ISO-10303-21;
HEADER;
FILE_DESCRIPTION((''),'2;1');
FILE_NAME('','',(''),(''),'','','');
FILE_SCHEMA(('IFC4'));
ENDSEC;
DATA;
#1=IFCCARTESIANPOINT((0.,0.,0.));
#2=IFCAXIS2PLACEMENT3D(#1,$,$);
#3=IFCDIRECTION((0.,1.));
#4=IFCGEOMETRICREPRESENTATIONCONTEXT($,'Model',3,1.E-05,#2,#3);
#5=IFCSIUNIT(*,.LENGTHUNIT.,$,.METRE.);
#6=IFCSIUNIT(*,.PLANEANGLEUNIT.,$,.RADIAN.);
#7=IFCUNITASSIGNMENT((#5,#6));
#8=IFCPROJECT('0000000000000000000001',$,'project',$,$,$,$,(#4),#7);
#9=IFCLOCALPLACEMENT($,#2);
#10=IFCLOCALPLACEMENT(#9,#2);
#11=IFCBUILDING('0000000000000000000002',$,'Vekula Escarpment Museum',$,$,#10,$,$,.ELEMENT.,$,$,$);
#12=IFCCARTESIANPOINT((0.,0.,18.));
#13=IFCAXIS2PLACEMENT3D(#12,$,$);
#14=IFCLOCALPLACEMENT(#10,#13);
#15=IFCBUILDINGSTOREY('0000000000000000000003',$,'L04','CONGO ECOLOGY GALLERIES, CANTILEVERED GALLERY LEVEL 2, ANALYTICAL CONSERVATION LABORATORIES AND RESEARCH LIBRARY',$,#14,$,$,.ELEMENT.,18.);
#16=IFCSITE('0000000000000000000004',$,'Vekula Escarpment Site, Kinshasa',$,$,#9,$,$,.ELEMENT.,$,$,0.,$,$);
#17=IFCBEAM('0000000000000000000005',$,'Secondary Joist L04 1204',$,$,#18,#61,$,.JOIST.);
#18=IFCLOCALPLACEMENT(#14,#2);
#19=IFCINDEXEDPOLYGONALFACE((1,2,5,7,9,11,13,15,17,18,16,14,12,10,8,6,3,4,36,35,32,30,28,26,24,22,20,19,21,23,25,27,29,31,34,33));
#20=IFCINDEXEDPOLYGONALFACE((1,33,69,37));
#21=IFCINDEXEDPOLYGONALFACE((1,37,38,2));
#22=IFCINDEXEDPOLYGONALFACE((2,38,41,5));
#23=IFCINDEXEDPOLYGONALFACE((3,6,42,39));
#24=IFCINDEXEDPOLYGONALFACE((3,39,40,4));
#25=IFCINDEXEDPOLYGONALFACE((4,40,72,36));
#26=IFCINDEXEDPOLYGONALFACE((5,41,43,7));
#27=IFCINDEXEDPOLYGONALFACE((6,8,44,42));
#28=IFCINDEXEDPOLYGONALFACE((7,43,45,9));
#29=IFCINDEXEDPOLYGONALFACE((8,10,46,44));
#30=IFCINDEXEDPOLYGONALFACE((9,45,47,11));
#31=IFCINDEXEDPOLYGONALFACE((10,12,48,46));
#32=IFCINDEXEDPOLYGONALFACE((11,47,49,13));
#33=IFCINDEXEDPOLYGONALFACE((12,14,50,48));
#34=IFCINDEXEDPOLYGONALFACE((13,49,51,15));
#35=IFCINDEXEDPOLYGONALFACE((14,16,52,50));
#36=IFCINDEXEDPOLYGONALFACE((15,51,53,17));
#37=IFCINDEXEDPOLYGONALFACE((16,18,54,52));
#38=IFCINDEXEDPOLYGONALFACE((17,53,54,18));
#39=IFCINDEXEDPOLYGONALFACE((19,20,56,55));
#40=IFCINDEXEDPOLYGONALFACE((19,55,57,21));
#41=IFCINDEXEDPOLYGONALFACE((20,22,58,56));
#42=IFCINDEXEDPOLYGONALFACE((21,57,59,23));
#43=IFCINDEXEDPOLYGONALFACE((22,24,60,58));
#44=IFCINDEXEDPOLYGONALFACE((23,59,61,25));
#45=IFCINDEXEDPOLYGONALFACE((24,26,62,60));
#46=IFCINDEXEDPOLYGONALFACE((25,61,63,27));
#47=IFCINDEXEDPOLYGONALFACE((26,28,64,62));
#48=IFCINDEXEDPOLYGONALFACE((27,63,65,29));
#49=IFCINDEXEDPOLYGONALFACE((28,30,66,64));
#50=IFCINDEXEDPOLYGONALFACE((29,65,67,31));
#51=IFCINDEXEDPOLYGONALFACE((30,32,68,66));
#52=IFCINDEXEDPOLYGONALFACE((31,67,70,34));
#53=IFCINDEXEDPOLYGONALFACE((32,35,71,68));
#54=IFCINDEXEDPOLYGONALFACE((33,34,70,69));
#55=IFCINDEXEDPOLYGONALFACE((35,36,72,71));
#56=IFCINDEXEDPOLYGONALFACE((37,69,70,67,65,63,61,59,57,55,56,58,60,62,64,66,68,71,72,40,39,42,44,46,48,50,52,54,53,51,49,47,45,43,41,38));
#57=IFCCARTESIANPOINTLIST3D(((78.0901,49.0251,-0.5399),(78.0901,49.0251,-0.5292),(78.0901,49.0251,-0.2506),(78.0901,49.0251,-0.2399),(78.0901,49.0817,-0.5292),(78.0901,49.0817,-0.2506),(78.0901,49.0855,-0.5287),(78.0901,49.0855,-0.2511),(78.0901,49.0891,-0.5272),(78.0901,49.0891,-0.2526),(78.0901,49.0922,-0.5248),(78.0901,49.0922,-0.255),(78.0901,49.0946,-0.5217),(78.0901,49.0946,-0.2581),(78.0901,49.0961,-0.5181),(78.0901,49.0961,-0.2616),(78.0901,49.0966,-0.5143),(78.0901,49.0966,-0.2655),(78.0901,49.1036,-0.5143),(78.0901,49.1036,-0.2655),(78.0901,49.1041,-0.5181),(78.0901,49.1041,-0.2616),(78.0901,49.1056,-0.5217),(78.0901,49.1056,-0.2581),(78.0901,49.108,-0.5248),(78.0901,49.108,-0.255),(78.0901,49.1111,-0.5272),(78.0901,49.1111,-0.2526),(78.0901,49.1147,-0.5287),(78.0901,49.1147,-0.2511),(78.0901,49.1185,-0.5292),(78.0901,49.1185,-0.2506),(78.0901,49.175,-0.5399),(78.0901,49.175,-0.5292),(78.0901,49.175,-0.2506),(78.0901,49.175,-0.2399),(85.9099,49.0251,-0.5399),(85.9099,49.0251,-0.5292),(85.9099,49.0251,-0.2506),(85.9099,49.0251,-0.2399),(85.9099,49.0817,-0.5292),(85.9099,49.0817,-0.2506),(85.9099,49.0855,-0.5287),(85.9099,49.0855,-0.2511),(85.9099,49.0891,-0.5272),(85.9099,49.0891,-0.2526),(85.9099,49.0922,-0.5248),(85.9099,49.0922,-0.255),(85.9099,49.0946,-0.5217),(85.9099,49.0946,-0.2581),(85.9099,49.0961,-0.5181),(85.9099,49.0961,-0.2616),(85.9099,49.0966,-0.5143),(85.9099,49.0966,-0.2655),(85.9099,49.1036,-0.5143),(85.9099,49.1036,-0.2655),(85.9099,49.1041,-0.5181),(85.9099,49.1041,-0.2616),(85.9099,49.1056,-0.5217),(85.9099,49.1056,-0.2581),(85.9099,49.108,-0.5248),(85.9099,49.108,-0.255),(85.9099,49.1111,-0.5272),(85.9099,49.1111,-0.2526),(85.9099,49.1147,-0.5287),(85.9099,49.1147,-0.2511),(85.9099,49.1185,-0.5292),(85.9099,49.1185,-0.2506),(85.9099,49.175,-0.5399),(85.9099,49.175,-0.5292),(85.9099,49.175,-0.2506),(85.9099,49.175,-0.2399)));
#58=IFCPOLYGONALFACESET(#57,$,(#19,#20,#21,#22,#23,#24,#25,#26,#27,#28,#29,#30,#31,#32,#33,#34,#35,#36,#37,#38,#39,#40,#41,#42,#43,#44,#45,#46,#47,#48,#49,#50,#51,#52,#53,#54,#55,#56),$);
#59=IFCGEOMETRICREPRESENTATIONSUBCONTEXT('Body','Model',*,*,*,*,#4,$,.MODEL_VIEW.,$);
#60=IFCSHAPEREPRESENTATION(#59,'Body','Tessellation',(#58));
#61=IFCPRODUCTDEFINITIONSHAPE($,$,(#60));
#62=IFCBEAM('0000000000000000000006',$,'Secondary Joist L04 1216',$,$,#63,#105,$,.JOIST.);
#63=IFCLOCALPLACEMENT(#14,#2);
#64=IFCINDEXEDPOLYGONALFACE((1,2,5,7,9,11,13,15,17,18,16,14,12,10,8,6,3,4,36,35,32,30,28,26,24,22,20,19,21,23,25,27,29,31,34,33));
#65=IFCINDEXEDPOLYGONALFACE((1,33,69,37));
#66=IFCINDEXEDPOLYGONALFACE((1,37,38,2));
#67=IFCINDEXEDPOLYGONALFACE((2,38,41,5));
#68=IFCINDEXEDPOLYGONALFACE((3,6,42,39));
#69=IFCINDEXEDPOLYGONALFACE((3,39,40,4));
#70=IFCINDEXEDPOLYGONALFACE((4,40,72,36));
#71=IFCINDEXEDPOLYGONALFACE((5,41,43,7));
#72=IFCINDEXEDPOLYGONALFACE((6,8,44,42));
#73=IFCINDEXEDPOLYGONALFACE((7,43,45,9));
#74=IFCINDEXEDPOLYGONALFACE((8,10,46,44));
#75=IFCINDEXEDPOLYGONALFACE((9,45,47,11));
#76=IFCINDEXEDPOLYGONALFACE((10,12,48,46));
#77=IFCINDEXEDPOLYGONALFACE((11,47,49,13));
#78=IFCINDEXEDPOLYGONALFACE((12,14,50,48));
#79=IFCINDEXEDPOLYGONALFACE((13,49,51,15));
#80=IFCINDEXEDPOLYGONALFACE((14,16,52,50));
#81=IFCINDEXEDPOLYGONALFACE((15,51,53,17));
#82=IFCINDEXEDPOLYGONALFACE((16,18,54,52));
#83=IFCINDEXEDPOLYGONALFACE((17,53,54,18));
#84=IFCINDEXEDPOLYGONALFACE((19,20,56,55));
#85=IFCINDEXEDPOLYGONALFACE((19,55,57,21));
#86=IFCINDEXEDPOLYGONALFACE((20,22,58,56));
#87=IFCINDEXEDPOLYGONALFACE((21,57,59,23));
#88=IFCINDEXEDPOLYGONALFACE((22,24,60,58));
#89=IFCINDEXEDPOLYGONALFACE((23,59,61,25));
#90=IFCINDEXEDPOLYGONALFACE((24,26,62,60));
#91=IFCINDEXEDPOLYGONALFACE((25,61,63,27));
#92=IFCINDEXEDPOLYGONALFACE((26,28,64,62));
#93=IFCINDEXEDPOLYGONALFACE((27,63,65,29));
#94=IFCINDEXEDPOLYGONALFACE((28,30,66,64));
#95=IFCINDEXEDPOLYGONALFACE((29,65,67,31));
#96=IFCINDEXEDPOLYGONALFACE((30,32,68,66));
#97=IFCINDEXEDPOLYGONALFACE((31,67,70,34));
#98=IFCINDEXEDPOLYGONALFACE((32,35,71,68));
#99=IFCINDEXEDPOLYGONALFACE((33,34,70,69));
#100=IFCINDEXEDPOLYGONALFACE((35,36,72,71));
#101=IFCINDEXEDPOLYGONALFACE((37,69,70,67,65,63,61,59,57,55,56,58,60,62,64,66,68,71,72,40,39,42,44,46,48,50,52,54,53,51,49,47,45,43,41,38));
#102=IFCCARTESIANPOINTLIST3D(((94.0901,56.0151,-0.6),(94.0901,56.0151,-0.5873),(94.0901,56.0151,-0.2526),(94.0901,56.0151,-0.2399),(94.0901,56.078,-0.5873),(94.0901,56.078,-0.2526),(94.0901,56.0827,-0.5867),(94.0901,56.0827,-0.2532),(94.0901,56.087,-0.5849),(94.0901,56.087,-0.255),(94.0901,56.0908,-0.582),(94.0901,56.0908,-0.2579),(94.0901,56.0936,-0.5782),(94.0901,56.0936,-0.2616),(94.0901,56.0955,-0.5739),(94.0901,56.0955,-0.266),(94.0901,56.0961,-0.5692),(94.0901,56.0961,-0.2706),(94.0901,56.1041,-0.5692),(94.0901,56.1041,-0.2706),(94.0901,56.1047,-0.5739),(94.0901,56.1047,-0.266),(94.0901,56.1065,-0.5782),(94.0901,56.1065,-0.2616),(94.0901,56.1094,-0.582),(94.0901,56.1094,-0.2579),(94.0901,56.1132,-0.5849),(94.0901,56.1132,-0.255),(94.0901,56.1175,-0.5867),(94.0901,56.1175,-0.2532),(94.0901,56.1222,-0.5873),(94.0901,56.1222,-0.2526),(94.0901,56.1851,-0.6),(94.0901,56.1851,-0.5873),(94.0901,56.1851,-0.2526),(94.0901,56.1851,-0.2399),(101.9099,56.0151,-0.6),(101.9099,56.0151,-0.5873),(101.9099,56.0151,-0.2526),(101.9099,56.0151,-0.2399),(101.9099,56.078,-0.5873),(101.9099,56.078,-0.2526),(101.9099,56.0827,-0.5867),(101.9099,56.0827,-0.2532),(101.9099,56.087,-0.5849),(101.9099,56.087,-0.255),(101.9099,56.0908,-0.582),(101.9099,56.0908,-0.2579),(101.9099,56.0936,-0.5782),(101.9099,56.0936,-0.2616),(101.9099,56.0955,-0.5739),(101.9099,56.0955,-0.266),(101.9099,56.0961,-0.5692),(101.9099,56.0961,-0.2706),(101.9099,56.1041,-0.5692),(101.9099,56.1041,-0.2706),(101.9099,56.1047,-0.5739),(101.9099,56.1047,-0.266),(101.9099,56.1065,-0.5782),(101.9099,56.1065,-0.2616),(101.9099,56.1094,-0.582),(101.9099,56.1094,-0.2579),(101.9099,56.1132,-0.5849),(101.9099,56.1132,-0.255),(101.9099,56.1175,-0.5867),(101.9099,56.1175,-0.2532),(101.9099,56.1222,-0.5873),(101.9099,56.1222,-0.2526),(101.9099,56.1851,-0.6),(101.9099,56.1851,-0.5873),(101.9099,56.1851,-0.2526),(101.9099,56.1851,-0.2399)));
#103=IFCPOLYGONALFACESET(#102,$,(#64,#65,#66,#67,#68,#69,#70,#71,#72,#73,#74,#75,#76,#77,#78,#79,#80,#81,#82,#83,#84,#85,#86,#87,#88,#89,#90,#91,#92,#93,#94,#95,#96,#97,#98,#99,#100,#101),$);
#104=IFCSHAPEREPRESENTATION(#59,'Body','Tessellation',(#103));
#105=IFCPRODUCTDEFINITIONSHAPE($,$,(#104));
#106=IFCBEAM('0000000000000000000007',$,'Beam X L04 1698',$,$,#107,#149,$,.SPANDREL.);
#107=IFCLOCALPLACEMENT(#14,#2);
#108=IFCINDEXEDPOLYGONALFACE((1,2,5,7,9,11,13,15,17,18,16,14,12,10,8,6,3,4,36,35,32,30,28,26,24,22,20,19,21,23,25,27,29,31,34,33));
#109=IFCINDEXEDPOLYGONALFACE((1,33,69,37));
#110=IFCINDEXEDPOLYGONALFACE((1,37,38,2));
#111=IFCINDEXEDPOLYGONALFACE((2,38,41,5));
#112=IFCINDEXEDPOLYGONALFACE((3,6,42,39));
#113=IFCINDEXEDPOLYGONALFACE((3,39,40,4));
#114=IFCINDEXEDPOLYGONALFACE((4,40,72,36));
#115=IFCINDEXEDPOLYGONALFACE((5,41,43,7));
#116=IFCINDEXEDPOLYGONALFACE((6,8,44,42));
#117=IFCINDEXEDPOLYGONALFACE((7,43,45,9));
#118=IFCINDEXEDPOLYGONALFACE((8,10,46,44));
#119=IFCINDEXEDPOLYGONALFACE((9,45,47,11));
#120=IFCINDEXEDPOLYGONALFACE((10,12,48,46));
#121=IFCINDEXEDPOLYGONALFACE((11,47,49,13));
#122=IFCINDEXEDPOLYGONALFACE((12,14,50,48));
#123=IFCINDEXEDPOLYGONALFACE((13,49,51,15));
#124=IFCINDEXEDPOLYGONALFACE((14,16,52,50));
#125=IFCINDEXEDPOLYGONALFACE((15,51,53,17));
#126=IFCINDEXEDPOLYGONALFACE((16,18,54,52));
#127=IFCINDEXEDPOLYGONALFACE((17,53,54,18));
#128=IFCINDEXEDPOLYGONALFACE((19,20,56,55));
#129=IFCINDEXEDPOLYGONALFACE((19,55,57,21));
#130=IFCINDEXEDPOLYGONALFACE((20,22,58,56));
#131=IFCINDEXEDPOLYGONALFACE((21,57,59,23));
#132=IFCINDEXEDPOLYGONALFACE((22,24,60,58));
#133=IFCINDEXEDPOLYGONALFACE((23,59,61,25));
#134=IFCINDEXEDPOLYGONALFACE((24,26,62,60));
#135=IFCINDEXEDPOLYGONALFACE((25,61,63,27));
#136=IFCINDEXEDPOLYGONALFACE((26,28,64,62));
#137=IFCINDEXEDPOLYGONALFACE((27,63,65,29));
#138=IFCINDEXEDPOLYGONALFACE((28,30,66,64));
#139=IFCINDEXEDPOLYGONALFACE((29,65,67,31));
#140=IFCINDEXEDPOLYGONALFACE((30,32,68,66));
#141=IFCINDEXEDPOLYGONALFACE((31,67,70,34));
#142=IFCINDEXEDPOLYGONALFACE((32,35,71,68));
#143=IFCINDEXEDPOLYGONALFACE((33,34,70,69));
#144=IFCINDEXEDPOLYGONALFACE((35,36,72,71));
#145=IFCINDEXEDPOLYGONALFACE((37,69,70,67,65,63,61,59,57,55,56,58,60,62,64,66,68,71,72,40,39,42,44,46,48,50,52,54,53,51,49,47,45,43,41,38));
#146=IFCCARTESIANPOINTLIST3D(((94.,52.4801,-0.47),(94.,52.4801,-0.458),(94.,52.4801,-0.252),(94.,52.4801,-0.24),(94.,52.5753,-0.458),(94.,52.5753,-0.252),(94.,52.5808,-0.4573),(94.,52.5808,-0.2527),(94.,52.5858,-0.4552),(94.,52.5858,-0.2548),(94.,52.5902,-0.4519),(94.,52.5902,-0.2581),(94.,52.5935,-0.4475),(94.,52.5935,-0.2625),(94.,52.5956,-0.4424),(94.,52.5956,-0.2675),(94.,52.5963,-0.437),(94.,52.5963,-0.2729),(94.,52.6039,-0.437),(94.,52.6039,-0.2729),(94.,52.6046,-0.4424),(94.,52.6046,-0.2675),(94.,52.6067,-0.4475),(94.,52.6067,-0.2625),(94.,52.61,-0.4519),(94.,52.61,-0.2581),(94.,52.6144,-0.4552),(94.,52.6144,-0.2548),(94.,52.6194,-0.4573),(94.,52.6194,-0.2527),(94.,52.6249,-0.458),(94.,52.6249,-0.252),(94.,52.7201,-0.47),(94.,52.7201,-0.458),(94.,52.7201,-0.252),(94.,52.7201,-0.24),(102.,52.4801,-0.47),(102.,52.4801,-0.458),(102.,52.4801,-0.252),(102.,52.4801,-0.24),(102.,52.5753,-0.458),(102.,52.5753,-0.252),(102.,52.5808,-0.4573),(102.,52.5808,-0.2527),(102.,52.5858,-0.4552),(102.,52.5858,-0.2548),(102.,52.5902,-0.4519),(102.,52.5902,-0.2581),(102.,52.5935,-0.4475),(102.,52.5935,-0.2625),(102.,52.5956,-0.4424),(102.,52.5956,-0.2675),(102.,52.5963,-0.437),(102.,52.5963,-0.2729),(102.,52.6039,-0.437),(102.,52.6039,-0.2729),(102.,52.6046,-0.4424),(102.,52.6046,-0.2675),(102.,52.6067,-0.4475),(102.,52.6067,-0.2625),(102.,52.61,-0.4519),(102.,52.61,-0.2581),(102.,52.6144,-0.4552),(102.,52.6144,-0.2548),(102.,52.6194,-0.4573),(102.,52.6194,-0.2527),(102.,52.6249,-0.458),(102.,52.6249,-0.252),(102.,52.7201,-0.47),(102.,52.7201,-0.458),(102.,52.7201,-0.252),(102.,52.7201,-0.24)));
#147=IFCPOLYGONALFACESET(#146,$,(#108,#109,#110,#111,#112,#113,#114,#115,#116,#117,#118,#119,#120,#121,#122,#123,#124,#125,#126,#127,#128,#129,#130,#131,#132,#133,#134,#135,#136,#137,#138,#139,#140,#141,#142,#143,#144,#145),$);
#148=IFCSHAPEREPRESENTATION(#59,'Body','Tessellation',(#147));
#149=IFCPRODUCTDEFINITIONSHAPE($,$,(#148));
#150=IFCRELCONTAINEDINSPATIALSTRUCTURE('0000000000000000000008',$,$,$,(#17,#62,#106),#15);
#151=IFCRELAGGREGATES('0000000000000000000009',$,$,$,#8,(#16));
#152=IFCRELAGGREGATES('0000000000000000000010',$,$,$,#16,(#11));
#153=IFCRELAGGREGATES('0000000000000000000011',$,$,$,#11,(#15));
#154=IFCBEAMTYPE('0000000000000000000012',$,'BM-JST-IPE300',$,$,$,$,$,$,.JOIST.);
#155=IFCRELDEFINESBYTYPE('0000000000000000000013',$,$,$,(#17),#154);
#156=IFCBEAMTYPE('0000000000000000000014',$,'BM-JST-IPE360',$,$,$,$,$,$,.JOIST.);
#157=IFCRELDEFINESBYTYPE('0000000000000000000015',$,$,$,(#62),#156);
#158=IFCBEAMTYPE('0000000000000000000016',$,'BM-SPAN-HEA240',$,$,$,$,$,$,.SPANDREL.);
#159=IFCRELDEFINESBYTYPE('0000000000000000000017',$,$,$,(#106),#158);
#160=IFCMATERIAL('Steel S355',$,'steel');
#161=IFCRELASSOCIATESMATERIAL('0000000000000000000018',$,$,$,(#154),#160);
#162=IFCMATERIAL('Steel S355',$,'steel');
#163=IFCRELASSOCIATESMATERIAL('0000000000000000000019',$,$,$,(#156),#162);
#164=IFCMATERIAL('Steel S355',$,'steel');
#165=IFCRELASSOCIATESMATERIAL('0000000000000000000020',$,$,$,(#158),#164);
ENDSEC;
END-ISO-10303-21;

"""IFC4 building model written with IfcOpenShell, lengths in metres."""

from ifc_helpers import new_model, si_unit, direction, frame, origin, origin_2d, place, context, subcontext, project, spatial, i_section, extrude, material, material_profile, profile_set, type_object, element, save


model = new_model("IFC4")

# Units and contexts
model_context = context("Model", 3, precision=1e-05, world=origin(), true_north=direction((0.0, 1.0)))
body_context = subcontext(model_context, "Body", "Model", "MODEL_VIEW")
ifc_project = project(units=[si_unit("LENGTHUNIT", "METRE"), si_unit("PLANEANGLEUNIT", "RADIAN")], contexts=[model_context])

# Site, building, storey
site_placement = place(None, origin())
site = spatial("IfcSite", under=ifc_project, at=site_placement, Name="Vekula Escarpment Site, Kinshasa", CompositionType="ELEMENT", RefElevation=0.0)
building_placement = place(site_placement, origin())
building = spatial("IfcBuilding", under=site, at=building_placement, Name="Vekula Escarpment Museum", CompositionType="ELEMENT")
storey_placement = place(building_placement, frame((0.0, 0.0, 18.0)))
storey = spatial("IfcBuildingStorey", under=building, at=storey_placement, Name="L04", Description="CONGO ECOLOGY GALLERIES, CANTILEVERED GALLERY LEVEL 2, ANALYTICAL CONSERVATION LABORATORIES AND RESEARCH LIBRARY", CompositionType="ELEMENT", Elevation=18.0)

# Beams
ifc_material_1 = material(Name="Steel S355", Category="steel")
ifc_material_profile_1 = material_profile(ifc_material_1, i_section(OverallWidth=0.1499, OverallDepth=0.3, WebThickness=0.0071, FlangeThickness=0.0107, FilletRadius=0.0149, at=origin_2d()), Name="IPE 300")
ifc_profile_set_1 = profile_set([ifc_material_profile_1], Name="Steel S355")
beam_type_1 = type_object("IfcBeamType", Name="BM-JST-IPE300", PredefinedType="JOIST", material=ifc_profile_set_1)
for number, where, z_axis, x_axis, name in (
    (1, (78.0901, 49.1001, -0.3899), (1.0, 0.0, 0.0), (0.0, 1.0, 0.0), "Secondary Joist L04 1204"),
):
    element("IfcBeam", number, at=place(storey_placement, frame(where, z_axis=z_axis, x_axis=x_axis)), inside=storey, type_object=beam_type_1, Name=name, PredefinedType="JOIST", context=body_context, shape_type="SweptSolid", body=[
        extrude(i_section(OverallWidth=0.1499, OverallDepth=0.3, WebThickness=0.0071, FlangeThickness=0.0107, FilletRadius=0.0149, at=origin_2d()), origin(), (0.0, 0.0, 1.0), 7.8198),
    ])
ifc_material_2 = material(Name="Steel S355", Category="steel")
ifc_material_profile_2 = material_profile(ifc_material_2, i_section(OverallWidth=0.1699, OverallDepth=0.3601, WebThickness=0.0081, FlangeThickness=0.0127, FilletRadius=0.0181, at=origin_2d()), Name="IPE 360")
ifc_profile_set_2 = profile_set([ifc_material_profile_2], Name="Steel S355")
beam_type_2 = type_object("IfcBeamType", Name="BM-JST-IPE360", PredefinedType="JOIST", material=ifc_profile_set_2)
beam_1_placement = place(storey_placement, frame((94.0901, 56.1001, -0.4199), z_axis=(1.0, 0.0, 0.0), x_axis=(0.0, 1.0, 0.0)))
element("IfcBeam", 2, at=beam_1_placement, inside=storey, type_object=beam_type_2, Name="Secondary Joist L04 1216", PredefinedType="JOIST", context=body_context, shape_type="SweptSolid", body=[
    extrude(i_section(OverallWidth=0.1699, OverallDepth=0.3601, WebThickness=0.0081, FlangeThickness=0.0127, FilletRadius=0.0181, at=origin_2d()), origin(), (0.0, 0.0, 1.0), 7.8198),
])
ifc_material_3 = material(Name="Steel S355", Category="steel")
ifc_material_profile_3 = material_profile(ifc_material_3, i_section(OverallWidth=0.24, OverallDepth=0.23, WebThickness=0.0076, FlangeThickness=0.012, FilletRadius=0.021, at=origin_2d()), Name="HEA 240")
ifc_profile_set_3 = profile_set([ifc_material_profile_3], Name="Steel S355")
beam_type_3 = type_object("IfcBeamType", Name="BM-SPAN-HEA240", PredefinedType="SPANDREL", material=ifc_profile_set_3)
beam_2_placement = place(storey_placement, frame((94.0, 52.6001, -0.355), z_axis=(1.0, 0.0, 0.0), x_axis=(0.0, 1.0, 0.0)))
element("IfcBeam", 3, at=beam_2_placement, inside=storey, type_object=beam_type_3, Name="Beam X L04 1698", PredefinedType="SPANDREL", context=body_context, shape_type="SweptSolid", body=[
    extrude(i_section(OverallWidth=0.24, OverallDepth=0.23, WebThickness=0.0076, FlangeThickness=0.012, FilletRadius=0.021, at=origin_2d()), origin(), (0.0, 0.0, 1.0), 8.0),
])

save(model, "model.ifc")
